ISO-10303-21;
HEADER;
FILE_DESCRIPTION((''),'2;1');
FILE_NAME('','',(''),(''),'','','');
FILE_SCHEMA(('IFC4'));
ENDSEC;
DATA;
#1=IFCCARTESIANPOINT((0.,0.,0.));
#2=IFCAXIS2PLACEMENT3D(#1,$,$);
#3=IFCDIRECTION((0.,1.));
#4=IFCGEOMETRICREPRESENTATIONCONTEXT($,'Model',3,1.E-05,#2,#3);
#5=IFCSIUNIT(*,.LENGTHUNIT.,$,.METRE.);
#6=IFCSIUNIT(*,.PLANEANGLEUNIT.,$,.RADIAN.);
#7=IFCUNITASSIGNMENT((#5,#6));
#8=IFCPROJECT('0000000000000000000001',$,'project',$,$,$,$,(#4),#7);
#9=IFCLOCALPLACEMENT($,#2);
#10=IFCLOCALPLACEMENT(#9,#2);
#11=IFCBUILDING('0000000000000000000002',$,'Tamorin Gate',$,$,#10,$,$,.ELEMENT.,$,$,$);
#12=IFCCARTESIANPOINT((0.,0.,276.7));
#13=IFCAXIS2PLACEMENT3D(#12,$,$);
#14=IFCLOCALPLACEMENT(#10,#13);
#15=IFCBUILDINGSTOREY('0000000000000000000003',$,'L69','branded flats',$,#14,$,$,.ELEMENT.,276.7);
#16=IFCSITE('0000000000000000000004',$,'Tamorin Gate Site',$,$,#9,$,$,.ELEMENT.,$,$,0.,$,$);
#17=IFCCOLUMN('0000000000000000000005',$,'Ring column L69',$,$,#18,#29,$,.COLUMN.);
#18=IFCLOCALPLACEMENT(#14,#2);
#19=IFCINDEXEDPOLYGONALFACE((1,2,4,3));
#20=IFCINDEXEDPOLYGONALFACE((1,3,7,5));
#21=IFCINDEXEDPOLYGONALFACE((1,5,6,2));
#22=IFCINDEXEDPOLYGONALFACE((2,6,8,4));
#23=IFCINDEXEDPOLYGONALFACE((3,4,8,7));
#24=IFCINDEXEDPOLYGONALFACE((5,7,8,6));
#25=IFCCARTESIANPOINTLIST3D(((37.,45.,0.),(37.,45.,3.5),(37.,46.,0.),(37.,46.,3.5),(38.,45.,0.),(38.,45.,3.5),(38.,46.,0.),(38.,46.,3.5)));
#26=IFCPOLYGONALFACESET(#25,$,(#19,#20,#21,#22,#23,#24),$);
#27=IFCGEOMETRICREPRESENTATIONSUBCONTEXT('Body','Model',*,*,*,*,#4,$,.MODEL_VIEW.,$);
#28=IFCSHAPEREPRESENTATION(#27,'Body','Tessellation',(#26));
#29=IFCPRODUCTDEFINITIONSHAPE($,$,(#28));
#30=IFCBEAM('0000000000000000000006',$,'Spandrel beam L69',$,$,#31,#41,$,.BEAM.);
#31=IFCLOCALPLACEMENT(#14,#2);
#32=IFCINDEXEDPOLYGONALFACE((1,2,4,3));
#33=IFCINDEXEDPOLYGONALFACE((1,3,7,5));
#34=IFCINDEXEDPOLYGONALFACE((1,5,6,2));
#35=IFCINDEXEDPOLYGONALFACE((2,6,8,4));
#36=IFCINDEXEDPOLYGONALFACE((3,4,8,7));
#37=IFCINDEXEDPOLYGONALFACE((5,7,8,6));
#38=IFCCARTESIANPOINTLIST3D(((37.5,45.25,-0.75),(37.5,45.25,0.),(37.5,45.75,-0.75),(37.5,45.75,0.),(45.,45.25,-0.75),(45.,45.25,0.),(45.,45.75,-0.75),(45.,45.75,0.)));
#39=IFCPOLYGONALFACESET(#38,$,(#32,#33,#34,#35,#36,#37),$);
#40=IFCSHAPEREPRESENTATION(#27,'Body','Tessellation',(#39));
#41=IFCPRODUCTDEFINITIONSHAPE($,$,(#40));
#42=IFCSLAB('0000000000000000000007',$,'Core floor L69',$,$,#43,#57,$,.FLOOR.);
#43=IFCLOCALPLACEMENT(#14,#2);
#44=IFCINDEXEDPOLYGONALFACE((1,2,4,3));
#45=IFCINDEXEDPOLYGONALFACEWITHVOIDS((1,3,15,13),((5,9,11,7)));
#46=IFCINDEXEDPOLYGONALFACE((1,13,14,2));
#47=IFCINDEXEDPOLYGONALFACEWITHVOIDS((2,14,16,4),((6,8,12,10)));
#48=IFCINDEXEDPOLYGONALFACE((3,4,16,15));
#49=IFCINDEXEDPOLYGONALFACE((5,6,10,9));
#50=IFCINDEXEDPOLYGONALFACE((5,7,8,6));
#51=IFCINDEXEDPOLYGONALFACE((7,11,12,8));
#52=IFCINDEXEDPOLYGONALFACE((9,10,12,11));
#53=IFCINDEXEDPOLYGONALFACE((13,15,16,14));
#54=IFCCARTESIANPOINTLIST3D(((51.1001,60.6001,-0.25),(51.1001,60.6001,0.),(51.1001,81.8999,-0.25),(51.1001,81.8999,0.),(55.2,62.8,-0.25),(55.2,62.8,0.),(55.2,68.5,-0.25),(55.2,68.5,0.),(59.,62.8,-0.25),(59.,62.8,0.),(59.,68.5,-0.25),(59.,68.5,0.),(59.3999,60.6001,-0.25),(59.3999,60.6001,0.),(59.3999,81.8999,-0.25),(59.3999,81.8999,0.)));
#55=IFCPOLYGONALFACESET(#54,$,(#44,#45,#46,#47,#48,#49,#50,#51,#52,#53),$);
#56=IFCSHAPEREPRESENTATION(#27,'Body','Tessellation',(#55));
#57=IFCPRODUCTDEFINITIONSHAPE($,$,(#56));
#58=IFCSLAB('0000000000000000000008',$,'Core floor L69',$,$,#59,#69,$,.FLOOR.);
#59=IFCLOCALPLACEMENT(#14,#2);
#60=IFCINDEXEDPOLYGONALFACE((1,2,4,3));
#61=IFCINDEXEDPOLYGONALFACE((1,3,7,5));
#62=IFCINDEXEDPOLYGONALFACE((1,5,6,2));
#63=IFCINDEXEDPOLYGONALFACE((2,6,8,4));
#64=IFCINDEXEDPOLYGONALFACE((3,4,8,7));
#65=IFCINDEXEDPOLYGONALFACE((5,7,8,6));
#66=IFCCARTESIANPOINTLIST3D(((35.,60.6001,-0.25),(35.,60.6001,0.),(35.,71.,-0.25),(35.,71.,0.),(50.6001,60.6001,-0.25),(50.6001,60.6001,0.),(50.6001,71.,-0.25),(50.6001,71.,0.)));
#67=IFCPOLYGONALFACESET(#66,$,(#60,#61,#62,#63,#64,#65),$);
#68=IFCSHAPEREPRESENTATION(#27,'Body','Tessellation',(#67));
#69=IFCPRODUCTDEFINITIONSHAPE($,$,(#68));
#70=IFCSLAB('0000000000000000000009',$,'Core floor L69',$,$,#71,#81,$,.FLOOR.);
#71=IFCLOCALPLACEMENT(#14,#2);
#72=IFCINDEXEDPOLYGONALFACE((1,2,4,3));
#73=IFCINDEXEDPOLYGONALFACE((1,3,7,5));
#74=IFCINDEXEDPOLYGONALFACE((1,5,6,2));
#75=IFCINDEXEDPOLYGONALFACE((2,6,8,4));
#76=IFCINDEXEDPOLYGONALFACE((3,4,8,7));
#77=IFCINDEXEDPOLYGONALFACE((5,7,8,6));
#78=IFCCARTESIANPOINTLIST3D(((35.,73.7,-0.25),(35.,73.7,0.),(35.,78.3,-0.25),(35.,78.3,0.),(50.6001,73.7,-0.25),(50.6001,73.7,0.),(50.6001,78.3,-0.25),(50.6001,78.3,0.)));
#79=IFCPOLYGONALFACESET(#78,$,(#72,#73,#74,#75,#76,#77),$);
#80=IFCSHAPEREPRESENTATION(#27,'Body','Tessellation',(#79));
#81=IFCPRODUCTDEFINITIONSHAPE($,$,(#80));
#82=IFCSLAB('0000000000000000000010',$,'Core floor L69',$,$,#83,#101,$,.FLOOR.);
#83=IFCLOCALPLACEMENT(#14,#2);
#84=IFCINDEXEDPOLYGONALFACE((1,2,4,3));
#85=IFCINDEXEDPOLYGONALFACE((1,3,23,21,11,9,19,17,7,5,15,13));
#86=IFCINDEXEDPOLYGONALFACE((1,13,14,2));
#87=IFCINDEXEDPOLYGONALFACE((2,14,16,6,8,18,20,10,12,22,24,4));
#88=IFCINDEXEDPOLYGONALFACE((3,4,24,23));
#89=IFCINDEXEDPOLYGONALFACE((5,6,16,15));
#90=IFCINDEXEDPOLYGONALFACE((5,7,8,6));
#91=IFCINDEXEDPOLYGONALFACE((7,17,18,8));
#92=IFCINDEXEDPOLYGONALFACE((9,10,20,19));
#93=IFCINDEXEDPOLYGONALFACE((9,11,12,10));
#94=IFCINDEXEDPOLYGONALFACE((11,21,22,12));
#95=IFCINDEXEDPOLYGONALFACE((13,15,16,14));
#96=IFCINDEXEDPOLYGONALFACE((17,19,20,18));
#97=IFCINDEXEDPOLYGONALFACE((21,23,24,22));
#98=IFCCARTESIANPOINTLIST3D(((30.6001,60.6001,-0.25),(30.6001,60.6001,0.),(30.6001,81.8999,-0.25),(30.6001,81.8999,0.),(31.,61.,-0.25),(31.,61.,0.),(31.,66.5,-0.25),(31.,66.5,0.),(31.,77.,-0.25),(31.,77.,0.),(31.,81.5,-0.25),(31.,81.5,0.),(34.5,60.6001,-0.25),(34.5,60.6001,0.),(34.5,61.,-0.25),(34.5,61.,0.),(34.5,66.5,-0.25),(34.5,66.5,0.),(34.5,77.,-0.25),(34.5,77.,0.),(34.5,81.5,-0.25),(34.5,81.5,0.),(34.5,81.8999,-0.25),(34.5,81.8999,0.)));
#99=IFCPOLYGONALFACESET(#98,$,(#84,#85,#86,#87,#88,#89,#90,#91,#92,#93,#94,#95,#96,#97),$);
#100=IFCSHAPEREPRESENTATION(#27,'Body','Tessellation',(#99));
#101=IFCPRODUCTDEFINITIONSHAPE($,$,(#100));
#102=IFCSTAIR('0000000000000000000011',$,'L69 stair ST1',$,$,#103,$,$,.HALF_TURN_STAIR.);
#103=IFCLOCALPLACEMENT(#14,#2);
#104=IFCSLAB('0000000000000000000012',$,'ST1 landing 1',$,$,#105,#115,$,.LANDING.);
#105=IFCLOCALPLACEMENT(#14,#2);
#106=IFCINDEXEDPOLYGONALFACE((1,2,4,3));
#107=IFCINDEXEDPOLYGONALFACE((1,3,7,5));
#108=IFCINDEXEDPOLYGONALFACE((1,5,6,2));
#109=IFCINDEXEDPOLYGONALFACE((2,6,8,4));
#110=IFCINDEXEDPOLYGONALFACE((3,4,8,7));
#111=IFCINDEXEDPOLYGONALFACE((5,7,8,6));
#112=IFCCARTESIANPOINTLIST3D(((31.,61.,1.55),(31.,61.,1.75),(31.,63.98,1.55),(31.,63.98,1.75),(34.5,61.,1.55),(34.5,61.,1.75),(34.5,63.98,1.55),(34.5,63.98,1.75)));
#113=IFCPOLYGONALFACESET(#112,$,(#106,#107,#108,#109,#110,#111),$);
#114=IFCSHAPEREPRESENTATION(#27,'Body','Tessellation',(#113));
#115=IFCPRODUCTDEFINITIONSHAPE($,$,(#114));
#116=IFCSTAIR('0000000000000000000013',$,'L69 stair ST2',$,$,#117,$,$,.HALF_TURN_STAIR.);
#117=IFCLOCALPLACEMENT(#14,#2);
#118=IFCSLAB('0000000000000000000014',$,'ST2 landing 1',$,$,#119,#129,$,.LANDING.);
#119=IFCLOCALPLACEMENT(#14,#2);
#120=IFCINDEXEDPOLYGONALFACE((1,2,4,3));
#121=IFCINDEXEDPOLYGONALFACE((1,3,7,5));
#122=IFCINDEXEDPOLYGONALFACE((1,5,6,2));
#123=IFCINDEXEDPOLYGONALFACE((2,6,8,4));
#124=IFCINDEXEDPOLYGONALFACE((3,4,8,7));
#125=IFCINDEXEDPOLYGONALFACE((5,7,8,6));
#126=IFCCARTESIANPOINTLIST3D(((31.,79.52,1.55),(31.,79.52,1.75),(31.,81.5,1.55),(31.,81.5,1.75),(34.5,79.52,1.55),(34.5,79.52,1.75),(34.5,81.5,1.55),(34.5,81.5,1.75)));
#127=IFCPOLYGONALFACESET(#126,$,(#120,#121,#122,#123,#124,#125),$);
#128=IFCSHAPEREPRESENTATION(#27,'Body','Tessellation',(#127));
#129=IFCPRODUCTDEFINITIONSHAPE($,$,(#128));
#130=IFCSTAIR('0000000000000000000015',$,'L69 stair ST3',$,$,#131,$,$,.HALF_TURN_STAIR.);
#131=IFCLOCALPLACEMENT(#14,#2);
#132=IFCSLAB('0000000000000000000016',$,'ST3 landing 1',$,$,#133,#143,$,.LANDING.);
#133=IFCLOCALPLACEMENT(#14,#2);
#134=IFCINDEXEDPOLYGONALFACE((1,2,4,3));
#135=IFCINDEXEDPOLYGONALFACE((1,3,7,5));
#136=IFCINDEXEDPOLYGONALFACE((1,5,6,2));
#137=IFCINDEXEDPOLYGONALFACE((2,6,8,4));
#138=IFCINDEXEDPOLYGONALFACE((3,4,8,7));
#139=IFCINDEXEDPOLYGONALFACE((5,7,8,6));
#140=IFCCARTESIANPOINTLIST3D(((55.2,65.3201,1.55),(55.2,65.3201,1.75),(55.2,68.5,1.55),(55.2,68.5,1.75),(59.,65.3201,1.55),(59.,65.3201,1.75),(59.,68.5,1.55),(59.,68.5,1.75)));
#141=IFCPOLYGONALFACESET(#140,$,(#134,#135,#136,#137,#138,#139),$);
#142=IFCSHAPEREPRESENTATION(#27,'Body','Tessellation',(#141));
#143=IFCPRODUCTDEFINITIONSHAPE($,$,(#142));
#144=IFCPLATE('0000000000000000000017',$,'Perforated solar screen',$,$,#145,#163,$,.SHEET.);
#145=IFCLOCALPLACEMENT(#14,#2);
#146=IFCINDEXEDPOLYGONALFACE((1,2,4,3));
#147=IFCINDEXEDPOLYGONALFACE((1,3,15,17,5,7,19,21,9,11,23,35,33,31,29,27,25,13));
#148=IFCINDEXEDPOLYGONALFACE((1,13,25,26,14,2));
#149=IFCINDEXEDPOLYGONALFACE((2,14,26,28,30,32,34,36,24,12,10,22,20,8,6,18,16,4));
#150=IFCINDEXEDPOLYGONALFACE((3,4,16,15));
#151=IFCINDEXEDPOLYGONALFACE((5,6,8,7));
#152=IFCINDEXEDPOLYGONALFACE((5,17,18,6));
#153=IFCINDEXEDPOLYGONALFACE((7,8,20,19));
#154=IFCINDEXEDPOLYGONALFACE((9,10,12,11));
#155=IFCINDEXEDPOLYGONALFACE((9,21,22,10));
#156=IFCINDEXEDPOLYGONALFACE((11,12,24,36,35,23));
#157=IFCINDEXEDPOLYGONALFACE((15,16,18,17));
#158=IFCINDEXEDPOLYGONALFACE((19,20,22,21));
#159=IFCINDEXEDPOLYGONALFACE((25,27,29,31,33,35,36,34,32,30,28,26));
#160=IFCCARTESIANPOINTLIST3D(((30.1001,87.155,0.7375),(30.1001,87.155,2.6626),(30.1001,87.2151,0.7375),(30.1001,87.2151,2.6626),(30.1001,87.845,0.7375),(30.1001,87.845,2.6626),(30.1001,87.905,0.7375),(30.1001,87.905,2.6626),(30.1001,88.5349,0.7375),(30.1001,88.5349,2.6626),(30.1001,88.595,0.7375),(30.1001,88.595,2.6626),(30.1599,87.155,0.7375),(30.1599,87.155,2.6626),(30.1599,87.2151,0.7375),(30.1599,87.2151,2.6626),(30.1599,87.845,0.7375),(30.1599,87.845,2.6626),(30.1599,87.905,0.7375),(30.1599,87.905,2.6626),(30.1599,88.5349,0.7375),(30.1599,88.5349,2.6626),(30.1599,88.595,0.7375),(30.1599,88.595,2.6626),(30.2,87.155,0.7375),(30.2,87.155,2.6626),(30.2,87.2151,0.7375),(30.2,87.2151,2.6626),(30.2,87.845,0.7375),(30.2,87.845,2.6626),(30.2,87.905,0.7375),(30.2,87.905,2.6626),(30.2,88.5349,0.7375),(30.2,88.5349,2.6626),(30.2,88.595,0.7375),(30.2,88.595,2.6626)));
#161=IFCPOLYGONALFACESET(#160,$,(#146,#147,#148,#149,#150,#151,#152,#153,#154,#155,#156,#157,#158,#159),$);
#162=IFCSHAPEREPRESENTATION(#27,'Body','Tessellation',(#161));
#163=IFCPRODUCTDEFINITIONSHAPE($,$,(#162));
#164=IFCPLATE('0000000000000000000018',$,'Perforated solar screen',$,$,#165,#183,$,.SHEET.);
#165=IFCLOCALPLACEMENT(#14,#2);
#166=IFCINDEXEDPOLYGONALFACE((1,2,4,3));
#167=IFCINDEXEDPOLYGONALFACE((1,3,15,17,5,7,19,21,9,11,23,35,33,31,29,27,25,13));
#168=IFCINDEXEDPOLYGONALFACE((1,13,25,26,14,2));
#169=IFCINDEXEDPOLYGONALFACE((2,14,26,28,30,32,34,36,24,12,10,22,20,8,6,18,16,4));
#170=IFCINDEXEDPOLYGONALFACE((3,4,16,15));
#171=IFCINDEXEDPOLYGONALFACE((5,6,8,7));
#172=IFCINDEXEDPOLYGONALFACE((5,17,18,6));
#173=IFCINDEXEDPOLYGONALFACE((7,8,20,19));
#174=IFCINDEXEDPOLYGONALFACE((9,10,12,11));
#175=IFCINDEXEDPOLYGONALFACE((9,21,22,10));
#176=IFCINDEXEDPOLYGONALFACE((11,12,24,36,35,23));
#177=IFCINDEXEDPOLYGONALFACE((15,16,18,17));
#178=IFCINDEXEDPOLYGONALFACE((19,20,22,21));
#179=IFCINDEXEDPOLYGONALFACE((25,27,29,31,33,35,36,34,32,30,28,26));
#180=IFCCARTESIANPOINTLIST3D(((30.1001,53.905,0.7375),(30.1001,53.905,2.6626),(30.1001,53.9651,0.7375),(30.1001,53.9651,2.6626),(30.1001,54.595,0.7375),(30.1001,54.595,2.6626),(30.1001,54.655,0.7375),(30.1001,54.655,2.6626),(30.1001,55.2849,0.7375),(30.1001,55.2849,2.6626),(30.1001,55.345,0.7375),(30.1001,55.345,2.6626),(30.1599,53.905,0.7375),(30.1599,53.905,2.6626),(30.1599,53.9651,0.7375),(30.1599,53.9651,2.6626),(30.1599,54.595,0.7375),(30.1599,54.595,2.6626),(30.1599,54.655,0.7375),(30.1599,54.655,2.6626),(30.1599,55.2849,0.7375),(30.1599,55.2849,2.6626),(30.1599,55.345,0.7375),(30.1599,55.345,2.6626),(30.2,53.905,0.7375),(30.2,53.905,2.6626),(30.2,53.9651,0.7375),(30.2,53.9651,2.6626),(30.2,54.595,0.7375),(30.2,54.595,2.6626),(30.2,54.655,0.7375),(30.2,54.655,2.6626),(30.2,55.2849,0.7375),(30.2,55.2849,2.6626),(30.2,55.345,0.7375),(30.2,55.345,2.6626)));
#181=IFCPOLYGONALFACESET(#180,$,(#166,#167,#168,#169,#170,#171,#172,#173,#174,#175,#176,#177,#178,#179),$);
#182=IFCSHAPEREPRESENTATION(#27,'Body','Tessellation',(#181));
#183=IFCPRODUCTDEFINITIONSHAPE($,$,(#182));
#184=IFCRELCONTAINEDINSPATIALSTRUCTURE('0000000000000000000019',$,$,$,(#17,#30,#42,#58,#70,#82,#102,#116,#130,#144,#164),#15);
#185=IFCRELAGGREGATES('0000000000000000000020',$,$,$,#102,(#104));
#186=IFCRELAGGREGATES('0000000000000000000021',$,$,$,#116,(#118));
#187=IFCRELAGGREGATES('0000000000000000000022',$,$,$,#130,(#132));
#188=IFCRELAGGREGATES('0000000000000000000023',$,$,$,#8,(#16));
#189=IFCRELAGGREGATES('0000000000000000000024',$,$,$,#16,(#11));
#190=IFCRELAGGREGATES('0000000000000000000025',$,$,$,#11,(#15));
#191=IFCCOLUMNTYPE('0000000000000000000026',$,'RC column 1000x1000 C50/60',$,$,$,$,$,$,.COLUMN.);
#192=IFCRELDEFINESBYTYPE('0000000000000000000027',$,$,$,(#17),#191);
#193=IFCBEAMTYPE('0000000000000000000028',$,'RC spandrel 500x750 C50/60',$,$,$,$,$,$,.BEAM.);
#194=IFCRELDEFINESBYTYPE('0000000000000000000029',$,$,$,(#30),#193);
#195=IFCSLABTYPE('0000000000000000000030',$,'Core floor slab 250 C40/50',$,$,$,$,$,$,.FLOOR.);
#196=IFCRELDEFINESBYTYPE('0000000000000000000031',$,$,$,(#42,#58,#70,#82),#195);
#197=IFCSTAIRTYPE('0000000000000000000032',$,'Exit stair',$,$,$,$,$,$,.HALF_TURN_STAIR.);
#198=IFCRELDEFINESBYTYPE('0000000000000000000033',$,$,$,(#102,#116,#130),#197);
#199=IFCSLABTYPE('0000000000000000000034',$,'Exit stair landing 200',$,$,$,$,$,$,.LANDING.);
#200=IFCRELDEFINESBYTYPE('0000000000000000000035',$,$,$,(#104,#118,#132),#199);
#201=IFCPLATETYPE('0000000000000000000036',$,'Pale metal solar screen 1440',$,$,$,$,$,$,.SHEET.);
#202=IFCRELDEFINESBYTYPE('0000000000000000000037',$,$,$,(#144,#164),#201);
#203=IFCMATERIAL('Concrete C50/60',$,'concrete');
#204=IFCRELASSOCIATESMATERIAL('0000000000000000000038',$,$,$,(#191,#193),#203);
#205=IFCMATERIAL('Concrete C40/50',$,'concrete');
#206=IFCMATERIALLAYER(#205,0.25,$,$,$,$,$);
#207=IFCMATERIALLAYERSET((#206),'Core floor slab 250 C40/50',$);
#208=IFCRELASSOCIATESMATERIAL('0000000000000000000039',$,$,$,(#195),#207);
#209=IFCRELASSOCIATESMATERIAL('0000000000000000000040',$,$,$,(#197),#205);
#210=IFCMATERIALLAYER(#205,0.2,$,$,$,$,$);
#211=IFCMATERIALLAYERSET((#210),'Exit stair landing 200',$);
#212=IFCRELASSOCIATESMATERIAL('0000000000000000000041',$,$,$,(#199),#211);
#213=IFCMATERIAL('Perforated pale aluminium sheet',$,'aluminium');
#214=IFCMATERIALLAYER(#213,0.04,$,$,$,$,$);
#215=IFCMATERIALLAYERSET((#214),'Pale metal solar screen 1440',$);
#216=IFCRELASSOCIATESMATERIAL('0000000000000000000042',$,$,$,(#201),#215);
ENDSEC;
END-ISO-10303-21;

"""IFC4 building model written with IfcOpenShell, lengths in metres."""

from ifc_helpers import new_model, si_unit, direction, frame, origin, origin_2d, place, context, subcontext, project, spatial, polyline, rectangle, outline, extrude, material, layer, layer_set, material_profile, profile_set, type_object, element, aggregate, save


model = new_model("IFC4")

# Units and contexts
model_context = context("Model", 3, precision=1e-05, world=origin(), true_north=direction((0.0, 1.0)))
body_context = subcontext(model_context, "Body", "Model", "MODEL_VIEW")
ifc_project = project(units=[si_unit("LENGTHUNIT", "METRE"), si_unit("PLANEANGLEUNIT", "RADIAN")], contexts=[model_context])

# Site, building, storey
site_placement = place(None, origin())
site = spatial("IfcSite", under=ifc_project, at=site_placement, Name="Tamorin Gate Site", CompositionType="ELEMENT", RefElevation=0.0)
building_placement = place(site_placement, origin())
building = spatial("IfcBuilding", under=site, at=building_placement, Name="Tamorin Gate", CompositionType="ELEMENT")
storey_placement = place(building_placement, frame((0.0, 0.0, 276.7)))
storey = spatial("IfcBuildingStorey", under=building, at=storey_placement, Name="L69", Description="branded flats", CompositionType="ELEMENT", Elevation=276.7)

# Column
ifc_material_1 = material(Name="Concrete C50/60", Category="concrete")
ifc_material_profile_1 = material_profile(ifc_material_1, rectangle(XDim=1.0, YDim=1.0, at=origin_2d()), Name="RC 1000x1000")
ifc_profile_set_1 = profile_set([ifc_material_profile_1], Name="Concrete C50/60")
column_type = type_object("IfcColumnType", Name="RC column 1000x1000 C50/60", PredefinedType="COLUMN", material=ifc_profile_set_1)
column_placement = place(storey_placement, frame((37.5, 45.5, 0.0), z_axis=(0.0, 0.0, 1.0), x_axis=(1.0, 0.0, 0.0)))
element("IfcColumn", 1, at=column_placement, inside=storey, type_object=column_type, Name="Ring column L69", PredefinedType="COLUMN", context=body_context, shape_type="SweptSolid", body=[
    extrude(rectangle(XDim=1.0, YDim=1.0, at=origin_2d()), origin(), (0.0, 0.0, 1.0), 3.5),
])

# Beam
ifc_material_profile_2 = material_profile(ifc_material_1, rectangle(XDim=0.5, YDim=0.75, at=origin_2d()), Name="RC 500x750")
ifc_profile_set_2 = profile_set([ifc_material_profile_2], Name="Concrete C50/60")
beam_type = type_object("IfcBeamType", Name="RC spandrel 500x750 C50/60", PredefinedType="BEAM", material=ifc_profile_set_2)
beam_placement = place(storey_placement, frame((37.5, 45.5, -0.375), z_axis=(1.0, 0.0, 0.0), x_axis=(0.0, 1.0, 0.0)))
element("IfcBeam", 2, at=beam_placement, inside=storey, type_object=beam_type, Name="Spandrel beam L69", PredefinedType="BEAM", context=body_context, shape_type="SweptSolid", body=[
    extrude(rectangle(XDim=0.5, YDim=0.75, at=origin_2d()), origin(), (0.0, 0.0, 1.0), 7.5),
])

# Slabs
ifc_material_2 = material(Name="Concrete C40/50", Category="concrete")
ifc_layer_1 = layer(ifc_material_2, 0.25)
ifc_layer_set_1 = layer_set([ifc_layer_1], Name="Core floor slab 250 C40/50")
slab_type_1 = type_object("IfcSlabType", Name="Core floor slab 250 C40/50", PredefinedType="FLOOR", material=ifc_layer_set_1)
slab_1_placement = place(storey_placement, frame((0.0, 0.0, -0.25)))
element("IfcSlab", 3, at=slab_1_placement, inside=storey, type_object=slab_type_1, Name="Core floor L69", PredefinedType="FLOOR", context=body_context, shape_type="SweptSolid", body=[
    extrude(outline(polyline([(51.1001, 81.8999), (59.3999, 81.8999), (59.3999, 60.6001), (51.1001, 60.6001), (51.1001, 81.8999)]), holes=[polyline([(55.2, 62.8), (59.0, 62.8), (59.0, 68.5), (55.2, 68.5), (55.2, 62.8)])]), origin(), (0.0, 0.0, 1.0), 0.25),
])
slab_2_placement = place(storey_placement, frame((0.0, 0.0, -0.25)))
element("IfcSlab", 4, at=slab_2_placement, inside=storey, type_object=slab_type_1, Name="Core floor L69", PredefinedType="FLOOR", context=body_context, shape_type="SweptSolid", body=[
    extrude(outline(polyline([(50.6001, 71.0), (50.6001, 60.6001), (35.0, 60.6001), (35.0, 71.0), (50.6001, 71.0)])), origin(), (0.0, 0.0, 1.0), 0.25),
])
slab_3_placement = place(storey_placement, frame((0.0, 0.0, -0.25)))
element("IfcSlab", 5, at=slab_3_placement, inside=storey, type_object=slab_type_1, Name="Core floor L69", PredefinedType="FLOOR", context=body_context, shape_type="SweptSolid", body=[
    extrude(outline(polyline([(50.6001, 73.7), (35.0, 73.7), (35.0, 78.3), (50.6001, 78.3), (50.6001, 73.7)])), origin(), (0.0, 0.0, 1.0), 0.25),
])
slab_4_placement = place(storey_placement, frame((0.0, 0.0, -0.25)))
element("IfcSlab", 6, at=slab_4_placement, inside=storey, type_object=slab_type_1, Name="Core floor L69", PredefinedType="FLOOR", context=body_context, shape_type="SweptSolid", body=[
    extrude(outline(polyline([(34.5, 60.6001), (30.6001, 60.6001), (30.6001, 81.8999), (34.5, 81.8999), (34.5, 81.5), (31.0, 81.5), (31.0, 77.0), (34.5, 77.0), (34.5, 66.5), (31.0, 66.5), (31.0, 61.0), (34.5, 61.0), (34.5, 60.6001)])), origin(), (0.0, 0.0, 1.0), 0.25),
])

# Stairs, slabs
stair_type = type_object("IfcStairType", Name="Exit stair", PredefinedType="HALF_TURN_STAIR", material=ifc_material_2)
stair_1_placement = place(storey_placement, origin())
stair_1 = element("IfcStair", 7, at=stair_1_placement, inside=storey, type_object=stair_type, Name="L69 stair ST1", PredefinedType="HALF_TURN_STAIR")
ifc_layer_2 = layer(ifc_material_2, 0.2)
ifc_layer_set_2 = layer_set([ifc_layer_2], Name="Exit stair landing 200")
slab_type_2 = type_object("IfcSlabType", Name="Exit stair landing 200", PredefinedType="LANDING", material=ifc_layer_set_2)
slab_5_placement = place(storey_placement, frame((0.0, 0.0, 1.55)))
slab_5 = element("IfcSlab", 8, at=slab_5_placement, type_object=slab_type_2, Name="ST1 landing 1", PredefinedType="LANDING", context=body_context, shape_type="SweptSolid", body=[
    extrude(outline(polyline([(31.0, 63.98), (31.0, 61.0), (34.5, 61.0), (34.5, 63.98), (31.0, 63.98)])), origin(), (0.0, 0.0, 1.0), 0.2),
])
aggregate(stair_1, [slab_5])
stair_2_placement = place(storey_placement, origin())
stair_2 = element("IfcStair", 9, at=stair_2_placement, inside=storey, type_object=stair_type, Name="L69 stair ST2", PredefinedType="HALF_TURN_STAIR")
slab_6_placement = place(storey_placement, frame((0.0, 0.0, 1.55)))
slab_6 = element("IfcSlab", 10, at=slab_6_placement, type_object=slab_type_2, Name="ST2 landing 1", PredefinedType="LANDING", context=body_context, shape_type="SweptSolid", body=[
    extrude(outline(polyline([(34.5, 79.52), (34.5, 81.5), (31.0, 81.5), (31.0, 79.52), (34.5, 79.52)])), origin(), (0.0, 0.0, 1.0), 0.2),
])
aggregate(stair_2, [slab_6])
stair_3_placement = place(storey_placement, origin())
stair_3 = element("IfcStair", 11, at=stair_3_placement, inside=storey, type_object=stair_type, Name="L69 stair ST3", PredefinedType="HALF_TURN_STAIR")
slab_7_placement = place(storey_placement, frame((0.0, 0.0, 1.55)))
slab_7 = element("IfcSlab", 12, at=slab_7_placement, type_object=slab_type_2, Name="ST3 landing 1", PredefinedType="LANDING", context=body_context, shape_type="SweptSolid", body=[
    extrude(outline(polyline([(59.0, 65.3201), (59.0, 68.5), (55.2, 68.5), (55.2, 65.3201), (59.0, 65.3201)])), origin(), (0.0, 0.0, 1.0), 0.2),
])
aggregate(stair_3, [slab_7])

# Plates
ifc_material_3 = material(Name="Perforated pale aluminium sheet", Category="aluminium")
ifc_layer_3 = layer(ifc_material_3, 0.04)
ifc_layer_set_3 = layer_set([ifc_layer_3], Name="Pale metal solar screen 1440")
plate_type = type_object("IfcPlateType", Name="Pale metal solar screen 1440", PredefinedType="SHEET", material=ifc_layer_set_3)
plate_1_placement = place(storey_placement, frame((0.0, 0.0, 0.7375)))
element("IfcPlate", 13, at=plate_1_placement, inside=storey, type_object=plate_type, Name="Perforated solar screen", PredefinedType="SHEET", context=body_context, shape_type="SweptSolid", body=[
    extrude(outline(polyline([(30.1599, 88.595), (30.2, 88.595), (30.2, 88.5349), (30.2, 87.905), (30.2, 87.845), (30.2, 87.2151), (30.2, 87.155), (30.2, 87.155), (30.1599, 87.155), (30.1599, 87.155), (30.1001, 87.155), (30.1001, 87.2151), (30.1599, 87.2151), (30.1599, 87.845), (30.1001, 87.845), (30.1001, 87.905), (30.1599, 87.905), (30.1599, 88.5349), (30.1001, 88.5349), (30.1001, 88.595), (30.1599, 88.595)])), origin(), (0.0, 0.0, 1.0), 1.925),
])
plate_2_placement = place(storey_placement, frame((0.0, 0.0, 0.7375)))
element("IfcPlate", 14, at=plate_2_placement, inside=storey, type_object=plate_type, Name="Perforated solar screen", PredefinedType="SHEET", context=body_context, shape_type="SweptSolid", body=[
    extrude(outline(polyline([(30.1599, 55.345), (30.2, 55.345), (30.2, 55.2849), (30.2, 54.655), (30.2, 54.595), (30.2, 53.9651), (30.2, 53.905), (30.1599, 53.905), (30.1001, 53.905), (30.1001, 53.9651), (30.1599, 53.9651), (30.1599, 54.595), (30.1001, 54.595), (30.1001, 54.655), (30.1599, 54.655), (30.1599, 55.2849), (30.1001, 55.2849), (30.1001, 55.345), (30.1599, 55.345)])), origin(), (0.0, 0.0, 1.0), 1.925),
])

save(model, "model.ifc")
